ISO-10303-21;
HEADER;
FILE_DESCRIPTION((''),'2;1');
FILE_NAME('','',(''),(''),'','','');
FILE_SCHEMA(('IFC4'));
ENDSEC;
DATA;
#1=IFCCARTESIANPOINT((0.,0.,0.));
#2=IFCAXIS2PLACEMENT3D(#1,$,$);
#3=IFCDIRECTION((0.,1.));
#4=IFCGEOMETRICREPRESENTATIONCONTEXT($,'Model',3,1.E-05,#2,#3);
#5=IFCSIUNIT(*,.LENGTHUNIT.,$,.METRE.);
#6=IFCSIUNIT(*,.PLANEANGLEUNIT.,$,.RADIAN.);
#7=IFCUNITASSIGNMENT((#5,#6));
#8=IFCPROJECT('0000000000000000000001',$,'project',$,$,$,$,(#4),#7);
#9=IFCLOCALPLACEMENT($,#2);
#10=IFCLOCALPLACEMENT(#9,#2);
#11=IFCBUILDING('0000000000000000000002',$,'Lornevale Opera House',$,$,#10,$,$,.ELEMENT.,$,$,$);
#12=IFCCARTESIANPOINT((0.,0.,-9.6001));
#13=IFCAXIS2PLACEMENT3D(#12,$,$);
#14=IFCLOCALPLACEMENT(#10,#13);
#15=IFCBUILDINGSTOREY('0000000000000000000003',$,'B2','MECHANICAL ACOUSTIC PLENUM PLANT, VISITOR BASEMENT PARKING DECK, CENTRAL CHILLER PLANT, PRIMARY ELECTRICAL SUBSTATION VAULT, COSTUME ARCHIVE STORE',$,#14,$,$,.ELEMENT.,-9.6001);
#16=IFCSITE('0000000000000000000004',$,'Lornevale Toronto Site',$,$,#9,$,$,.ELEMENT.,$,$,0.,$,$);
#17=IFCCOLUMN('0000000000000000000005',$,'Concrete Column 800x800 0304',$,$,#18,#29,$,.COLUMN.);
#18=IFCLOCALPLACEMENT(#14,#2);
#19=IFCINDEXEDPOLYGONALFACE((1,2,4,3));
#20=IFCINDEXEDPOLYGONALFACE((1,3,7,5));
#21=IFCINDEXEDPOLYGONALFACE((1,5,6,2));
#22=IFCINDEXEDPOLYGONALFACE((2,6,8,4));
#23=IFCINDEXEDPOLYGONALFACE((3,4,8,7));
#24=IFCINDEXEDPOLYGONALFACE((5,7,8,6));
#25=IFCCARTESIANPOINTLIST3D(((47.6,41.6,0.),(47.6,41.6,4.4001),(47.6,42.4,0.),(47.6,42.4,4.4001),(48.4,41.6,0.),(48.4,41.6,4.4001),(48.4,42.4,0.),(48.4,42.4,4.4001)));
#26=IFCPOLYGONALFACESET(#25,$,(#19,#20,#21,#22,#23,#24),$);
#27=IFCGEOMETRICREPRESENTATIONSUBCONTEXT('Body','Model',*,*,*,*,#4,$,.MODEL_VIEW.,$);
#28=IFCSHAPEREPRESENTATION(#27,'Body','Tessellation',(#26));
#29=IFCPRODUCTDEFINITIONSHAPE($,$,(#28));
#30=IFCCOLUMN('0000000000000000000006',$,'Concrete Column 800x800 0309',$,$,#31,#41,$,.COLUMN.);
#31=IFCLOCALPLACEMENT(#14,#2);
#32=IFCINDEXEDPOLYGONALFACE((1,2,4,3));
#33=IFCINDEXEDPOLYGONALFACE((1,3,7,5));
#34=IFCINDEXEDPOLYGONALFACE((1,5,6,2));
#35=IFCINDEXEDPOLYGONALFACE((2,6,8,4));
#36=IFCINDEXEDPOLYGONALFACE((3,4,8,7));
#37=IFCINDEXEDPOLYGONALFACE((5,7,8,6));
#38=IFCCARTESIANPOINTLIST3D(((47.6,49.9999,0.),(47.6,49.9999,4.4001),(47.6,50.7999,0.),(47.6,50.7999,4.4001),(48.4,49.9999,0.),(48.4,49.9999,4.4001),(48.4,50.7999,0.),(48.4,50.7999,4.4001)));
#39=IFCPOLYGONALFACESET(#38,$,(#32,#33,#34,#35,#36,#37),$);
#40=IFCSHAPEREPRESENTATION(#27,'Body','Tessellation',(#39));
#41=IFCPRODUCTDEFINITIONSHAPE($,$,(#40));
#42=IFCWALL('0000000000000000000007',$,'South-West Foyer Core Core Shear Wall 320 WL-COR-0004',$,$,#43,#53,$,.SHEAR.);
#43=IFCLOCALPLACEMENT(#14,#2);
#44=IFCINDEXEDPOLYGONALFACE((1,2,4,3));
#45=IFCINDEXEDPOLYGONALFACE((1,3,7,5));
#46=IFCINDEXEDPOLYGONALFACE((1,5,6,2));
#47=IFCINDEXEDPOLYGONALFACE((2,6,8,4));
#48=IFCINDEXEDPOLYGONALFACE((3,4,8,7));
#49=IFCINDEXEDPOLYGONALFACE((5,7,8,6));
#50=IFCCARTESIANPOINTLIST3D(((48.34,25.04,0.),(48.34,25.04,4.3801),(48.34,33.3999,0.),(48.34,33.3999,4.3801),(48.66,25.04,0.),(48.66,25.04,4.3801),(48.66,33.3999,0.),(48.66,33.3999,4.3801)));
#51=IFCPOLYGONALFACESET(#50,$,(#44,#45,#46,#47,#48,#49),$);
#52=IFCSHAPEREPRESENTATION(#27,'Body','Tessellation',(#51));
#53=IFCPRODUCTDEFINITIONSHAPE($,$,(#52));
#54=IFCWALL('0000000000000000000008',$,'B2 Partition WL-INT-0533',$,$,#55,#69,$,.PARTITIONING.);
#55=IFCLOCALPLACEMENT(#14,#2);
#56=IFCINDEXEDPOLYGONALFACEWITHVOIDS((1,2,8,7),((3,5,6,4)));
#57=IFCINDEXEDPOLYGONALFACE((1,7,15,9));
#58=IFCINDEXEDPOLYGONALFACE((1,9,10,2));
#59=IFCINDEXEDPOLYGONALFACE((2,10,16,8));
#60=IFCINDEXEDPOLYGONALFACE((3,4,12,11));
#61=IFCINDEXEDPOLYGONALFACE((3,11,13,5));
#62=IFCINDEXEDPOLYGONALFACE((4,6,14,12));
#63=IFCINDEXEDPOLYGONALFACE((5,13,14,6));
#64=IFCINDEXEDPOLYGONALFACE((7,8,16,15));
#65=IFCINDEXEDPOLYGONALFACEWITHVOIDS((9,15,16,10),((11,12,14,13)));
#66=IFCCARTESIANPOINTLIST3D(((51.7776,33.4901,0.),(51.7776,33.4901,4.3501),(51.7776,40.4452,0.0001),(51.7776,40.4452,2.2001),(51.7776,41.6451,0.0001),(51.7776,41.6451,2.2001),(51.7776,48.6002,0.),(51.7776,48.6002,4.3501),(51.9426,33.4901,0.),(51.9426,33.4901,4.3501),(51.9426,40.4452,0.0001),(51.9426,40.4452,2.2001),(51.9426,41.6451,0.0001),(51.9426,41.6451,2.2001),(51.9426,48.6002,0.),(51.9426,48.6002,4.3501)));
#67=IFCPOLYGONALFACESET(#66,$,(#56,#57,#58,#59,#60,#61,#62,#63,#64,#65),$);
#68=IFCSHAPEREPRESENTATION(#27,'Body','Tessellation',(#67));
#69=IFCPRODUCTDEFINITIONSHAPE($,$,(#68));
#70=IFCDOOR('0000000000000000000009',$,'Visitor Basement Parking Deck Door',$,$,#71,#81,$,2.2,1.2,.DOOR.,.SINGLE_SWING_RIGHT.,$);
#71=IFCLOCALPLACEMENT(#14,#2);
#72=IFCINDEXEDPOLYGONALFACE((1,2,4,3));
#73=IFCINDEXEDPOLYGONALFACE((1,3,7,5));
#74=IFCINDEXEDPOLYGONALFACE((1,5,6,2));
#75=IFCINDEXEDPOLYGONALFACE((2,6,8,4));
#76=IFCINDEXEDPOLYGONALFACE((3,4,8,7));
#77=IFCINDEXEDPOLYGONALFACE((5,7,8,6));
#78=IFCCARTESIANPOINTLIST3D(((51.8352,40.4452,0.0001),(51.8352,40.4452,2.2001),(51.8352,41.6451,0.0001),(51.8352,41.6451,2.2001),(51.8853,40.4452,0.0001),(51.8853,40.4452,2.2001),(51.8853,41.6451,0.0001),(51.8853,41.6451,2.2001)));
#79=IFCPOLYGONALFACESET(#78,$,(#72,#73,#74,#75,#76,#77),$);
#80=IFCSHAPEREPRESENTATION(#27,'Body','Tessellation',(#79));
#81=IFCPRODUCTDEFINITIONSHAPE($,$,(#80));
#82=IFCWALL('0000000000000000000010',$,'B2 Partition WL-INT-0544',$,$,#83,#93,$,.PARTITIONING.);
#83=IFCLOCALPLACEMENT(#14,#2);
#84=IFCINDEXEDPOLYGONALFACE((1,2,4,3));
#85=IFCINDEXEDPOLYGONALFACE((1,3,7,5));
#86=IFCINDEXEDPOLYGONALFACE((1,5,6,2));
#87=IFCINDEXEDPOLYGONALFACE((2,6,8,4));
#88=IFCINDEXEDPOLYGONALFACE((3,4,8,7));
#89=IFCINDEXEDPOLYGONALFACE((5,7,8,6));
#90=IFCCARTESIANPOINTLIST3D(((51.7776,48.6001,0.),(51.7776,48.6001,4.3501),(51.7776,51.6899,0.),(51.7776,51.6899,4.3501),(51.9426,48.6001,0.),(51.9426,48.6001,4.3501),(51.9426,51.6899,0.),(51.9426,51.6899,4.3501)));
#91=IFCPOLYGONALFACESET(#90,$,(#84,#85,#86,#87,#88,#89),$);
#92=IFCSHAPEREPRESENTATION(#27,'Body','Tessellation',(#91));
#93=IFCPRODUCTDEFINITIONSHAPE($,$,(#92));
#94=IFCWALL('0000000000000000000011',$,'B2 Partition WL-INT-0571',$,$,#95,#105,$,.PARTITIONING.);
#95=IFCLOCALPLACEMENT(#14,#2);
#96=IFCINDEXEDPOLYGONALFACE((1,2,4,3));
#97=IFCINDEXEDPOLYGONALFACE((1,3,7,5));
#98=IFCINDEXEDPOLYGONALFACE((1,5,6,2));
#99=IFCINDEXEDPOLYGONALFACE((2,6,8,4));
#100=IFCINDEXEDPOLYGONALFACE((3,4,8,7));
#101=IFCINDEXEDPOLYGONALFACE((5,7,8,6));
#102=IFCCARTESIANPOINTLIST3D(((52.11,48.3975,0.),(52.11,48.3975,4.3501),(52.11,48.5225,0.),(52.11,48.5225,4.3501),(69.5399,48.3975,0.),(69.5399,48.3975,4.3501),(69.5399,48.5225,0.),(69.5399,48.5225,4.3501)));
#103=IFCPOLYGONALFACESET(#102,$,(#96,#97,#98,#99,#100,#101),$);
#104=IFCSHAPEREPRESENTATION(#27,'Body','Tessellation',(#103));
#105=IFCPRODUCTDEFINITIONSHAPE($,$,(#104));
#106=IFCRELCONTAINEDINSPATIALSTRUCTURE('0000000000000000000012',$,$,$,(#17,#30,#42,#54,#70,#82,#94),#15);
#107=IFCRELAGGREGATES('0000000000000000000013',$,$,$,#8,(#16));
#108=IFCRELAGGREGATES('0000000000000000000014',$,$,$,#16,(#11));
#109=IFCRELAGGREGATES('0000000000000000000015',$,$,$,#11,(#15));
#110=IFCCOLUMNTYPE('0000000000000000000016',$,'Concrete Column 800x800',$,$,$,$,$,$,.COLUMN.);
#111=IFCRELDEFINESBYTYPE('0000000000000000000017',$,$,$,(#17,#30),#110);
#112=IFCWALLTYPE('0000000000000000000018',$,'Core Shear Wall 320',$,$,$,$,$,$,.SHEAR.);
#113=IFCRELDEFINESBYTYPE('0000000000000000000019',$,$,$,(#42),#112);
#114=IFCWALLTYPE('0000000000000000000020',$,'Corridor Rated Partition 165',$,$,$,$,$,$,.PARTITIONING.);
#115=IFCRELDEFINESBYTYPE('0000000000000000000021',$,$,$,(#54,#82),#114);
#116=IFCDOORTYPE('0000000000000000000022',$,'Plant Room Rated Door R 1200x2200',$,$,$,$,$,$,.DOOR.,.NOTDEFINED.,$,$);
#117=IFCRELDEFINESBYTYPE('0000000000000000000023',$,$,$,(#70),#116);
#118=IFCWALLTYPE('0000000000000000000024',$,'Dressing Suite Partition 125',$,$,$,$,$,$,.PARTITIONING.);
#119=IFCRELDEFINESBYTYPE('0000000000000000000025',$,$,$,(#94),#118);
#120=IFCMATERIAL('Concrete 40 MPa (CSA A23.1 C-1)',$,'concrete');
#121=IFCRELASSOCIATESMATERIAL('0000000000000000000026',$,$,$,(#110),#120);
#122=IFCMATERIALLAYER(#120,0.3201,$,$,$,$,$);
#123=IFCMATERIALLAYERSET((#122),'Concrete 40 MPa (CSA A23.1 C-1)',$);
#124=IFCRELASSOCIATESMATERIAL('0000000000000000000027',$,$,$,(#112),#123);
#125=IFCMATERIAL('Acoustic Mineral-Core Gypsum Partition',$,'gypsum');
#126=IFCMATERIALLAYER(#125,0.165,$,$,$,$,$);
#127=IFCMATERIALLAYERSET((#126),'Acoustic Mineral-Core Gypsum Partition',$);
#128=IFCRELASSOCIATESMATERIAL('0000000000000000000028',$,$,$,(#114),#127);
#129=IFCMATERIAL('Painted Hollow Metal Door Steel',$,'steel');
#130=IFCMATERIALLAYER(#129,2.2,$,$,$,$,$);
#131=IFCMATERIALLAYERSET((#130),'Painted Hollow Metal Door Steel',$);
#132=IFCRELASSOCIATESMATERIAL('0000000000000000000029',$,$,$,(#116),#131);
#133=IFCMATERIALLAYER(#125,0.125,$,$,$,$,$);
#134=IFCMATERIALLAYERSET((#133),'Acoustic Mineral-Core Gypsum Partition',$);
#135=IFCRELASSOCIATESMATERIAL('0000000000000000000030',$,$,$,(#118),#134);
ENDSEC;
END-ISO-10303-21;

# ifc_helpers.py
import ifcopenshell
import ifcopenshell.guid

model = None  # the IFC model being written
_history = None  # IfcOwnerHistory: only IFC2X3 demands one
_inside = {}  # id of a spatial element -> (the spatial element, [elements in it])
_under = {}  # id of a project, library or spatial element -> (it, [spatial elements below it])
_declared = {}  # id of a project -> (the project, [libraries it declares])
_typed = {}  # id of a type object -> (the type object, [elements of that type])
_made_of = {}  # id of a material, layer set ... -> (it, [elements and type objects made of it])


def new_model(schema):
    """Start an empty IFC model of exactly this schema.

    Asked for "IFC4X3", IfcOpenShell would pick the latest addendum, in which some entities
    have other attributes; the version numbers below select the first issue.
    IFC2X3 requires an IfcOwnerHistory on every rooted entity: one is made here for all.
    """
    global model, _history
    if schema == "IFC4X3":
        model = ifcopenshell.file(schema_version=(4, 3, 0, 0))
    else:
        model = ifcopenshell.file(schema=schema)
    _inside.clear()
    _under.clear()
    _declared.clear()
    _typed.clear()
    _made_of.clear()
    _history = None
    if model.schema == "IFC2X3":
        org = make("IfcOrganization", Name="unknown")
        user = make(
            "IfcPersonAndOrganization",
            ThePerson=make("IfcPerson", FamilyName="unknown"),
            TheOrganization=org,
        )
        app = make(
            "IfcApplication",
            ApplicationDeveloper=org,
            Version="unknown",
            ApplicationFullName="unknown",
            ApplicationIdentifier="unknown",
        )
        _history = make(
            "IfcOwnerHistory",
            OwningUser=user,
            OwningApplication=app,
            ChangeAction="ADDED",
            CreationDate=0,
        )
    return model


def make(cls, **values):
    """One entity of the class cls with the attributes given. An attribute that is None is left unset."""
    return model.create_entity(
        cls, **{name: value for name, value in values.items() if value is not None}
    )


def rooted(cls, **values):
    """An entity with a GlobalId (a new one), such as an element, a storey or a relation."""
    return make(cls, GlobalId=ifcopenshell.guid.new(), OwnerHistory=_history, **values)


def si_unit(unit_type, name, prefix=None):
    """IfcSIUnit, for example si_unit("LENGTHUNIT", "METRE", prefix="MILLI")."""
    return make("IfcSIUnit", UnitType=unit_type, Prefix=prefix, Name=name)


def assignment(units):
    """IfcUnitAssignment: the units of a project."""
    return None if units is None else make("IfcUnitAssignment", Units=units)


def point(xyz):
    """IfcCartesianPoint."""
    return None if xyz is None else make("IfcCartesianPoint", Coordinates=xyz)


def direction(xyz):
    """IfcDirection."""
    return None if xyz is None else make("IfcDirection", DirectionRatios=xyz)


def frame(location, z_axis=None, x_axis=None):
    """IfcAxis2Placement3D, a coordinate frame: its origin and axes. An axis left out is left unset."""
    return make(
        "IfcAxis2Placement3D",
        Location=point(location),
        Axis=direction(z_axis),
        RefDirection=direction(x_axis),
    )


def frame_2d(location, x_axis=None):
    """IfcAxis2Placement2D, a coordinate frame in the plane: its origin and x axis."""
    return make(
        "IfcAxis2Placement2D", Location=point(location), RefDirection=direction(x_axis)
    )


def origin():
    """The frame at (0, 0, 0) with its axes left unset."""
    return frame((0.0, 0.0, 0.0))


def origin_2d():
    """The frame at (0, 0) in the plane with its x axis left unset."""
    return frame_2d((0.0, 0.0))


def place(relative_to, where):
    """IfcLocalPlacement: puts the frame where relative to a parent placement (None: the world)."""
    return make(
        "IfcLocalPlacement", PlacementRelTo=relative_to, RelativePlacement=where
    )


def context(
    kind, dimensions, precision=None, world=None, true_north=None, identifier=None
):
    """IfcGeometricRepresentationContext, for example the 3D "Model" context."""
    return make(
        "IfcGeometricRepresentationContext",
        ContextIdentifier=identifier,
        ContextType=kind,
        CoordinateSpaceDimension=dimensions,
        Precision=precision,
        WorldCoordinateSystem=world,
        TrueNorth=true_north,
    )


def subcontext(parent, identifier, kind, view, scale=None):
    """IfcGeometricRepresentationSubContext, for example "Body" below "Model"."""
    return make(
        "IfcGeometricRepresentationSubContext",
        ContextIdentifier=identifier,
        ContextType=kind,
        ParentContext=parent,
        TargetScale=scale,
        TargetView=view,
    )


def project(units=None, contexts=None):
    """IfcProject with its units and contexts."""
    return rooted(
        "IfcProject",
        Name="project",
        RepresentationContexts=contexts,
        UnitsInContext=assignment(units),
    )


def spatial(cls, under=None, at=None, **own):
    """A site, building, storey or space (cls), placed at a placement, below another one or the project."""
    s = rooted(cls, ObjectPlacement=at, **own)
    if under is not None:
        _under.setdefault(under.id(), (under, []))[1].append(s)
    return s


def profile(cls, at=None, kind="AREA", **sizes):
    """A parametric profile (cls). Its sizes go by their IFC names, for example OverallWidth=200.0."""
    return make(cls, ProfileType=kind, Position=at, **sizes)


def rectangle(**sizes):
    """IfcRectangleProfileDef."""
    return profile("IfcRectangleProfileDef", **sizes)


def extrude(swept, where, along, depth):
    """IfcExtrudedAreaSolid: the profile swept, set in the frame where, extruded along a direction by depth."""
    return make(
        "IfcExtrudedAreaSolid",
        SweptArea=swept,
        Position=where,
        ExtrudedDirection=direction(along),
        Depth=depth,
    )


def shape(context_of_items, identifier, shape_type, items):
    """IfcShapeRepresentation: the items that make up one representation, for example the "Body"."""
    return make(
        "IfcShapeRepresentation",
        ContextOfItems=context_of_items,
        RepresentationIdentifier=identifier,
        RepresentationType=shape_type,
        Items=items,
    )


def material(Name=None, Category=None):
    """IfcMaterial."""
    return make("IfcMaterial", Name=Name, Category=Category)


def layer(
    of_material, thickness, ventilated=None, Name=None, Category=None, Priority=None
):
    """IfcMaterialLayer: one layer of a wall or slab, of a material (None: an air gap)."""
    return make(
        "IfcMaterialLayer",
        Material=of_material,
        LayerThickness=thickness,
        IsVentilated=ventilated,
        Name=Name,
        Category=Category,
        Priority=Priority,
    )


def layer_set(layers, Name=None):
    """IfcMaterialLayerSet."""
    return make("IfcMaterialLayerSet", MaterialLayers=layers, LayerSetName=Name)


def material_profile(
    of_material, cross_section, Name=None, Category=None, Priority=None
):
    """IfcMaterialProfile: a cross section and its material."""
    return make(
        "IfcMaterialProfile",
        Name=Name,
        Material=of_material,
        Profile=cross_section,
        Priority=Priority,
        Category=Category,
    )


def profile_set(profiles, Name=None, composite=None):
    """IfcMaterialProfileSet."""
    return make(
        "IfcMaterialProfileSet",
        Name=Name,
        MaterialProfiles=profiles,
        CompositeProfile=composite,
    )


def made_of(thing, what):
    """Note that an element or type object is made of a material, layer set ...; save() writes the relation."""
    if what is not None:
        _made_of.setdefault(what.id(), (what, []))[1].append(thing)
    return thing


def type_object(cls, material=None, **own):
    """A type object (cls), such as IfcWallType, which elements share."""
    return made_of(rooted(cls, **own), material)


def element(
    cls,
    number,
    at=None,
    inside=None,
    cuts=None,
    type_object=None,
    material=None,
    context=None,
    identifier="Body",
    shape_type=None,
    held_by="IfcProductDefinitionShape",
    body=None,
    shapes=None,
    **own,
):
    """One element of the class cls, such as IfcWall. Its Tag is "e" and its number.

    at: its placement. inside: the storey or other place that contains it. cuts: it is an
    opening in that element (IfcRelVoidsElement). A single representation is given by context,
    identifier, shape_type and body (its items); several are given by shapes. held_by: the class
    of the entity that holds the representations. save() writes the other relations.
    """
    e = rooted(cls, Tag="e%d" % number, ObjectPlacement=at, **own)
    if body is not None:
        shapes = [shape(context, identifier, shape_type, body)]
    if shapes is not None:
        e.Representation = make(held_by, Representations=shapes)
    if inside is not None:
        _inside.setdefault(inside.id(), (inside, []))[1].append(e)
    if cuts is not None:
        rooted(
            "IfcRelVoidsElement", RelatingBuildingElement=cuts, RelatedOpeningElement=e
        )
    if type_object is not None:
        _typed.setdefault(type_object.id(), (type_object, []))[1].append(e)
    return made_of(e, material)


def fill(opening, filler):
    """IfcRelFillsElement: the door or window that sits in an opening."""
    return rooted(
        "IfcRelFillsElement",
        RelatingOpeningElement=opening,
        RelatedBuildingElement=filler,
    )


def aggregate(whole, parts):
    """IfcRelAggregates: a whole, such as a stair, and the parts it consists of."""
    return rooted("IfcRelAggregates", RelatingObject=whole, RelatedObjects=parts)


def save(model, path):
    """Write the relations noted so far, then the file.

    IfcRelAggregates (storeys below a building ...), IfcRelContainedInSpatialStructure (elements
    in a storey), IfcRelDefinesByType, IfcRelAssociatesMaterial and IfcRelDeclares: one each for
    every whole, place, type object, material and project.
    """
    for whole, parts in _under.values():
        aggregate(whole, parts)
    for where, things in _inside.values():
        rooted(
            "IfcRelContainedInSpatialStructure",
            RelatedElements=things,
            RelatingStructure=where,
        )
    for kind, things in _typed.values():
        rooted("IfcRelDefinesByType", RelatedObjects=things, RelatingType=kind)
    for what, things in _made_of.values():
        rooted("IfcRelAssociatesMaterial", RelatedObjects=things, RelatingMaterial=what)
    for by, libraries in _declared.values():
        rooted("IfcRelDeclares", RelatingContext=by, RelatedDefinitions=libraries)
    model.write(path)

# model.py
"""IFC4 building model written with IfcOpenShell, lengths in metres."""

from ifc_helpers import new_model, si_unit, direction, frame, frame_2d, origin, origin_2d, place, context, subcontext, project, spatial, rectangle, extrude, material, layer, layer_set, material_profile, profile_set, type_object, element, fill, save


model = new_model("IFC4")

# Units and contexts
model_context = context("Model", 3, precision=1e-05, world=origin(), true_north=direction((0.0, 1.0)))
body_context = subcontext(model_context, "Body", "Model", "MODEL_VIEW")
ifc_project = project(units=[si_unit("LENGTHUNIT", "METRE"), si_unit("PLANEANGLEUNIT", "RADIAN")], contexts=[model_context])

# Site, building, storey
site_placement = place(None, origin())
site = spatial("IfcSite", under=ifc_project, at=site_placement, Name="Lornevale Toronto Site", CompositionType="ELEMENT", RefElevation=0.0)
building_placement = place(site_placement, origin())
building = spatial("IfcBuilding", under=site, at=building_placement, Name="Lornevale Opera House", CompositionType="ELEMENT")
storey_placement = place(building_placement, frame((0.0, 0.0, -9.6001)))
storey = spatial("IfcBuildingStorey", under=building, at=storey_placement, Name="B2", Description="MECHANICAL ACOUSTIC PLENUM PLANT, VISITOR BASEMENT PARKING DECK, CENTRAL CHILLER PLANT, PRIMARY ELECTRICAL SUBSTATION VAULT, COSTUME ARCHIVE STORE", CompositionType="ELEMENT", Elevation=-9.6001)

# Shared definitions
ifc_material_1 = material(Name="Concrete 40 MPa (CSA A23.1 C-1)", Category="concrete")

# Columns
ifc_material_profile_1 = material_profile(ifc_material_1, rectangle(XDim=0.8, YDim=0.8, at=origin_2d()), Name="RC800x800")
ifc_profile_set_1 = profile_set([ifc_material_profile_1], Name="Concrete 40 MPa (CSA A23.1 C-1)")
column_type = type_object("IfcColumnType", Name="Concrete Column 800x800", PredefinedType="COLUMN", material=ifc_profile_set_1)
for number, where, z_axis, x_axis, name in (
    (1, (48.0, 42.0, 0.0), (0.0, 0.0, 1.0), (1.0, 0.0, 0.0), "Concrete Column 800x800 0304"),
    (2, (48.0, 50.3999, 0.0), (0.0, 0.0, 1.0), (1.0, 0.0, 0.0), "Concrete Column 800x800 0309"),
):
    element("IfcColumn", number, at=place(storey_placement, frame(where, z_axis=z_axis, x_axis=x_axis)), inside=storey, type_object=column_type, Name=name, PredefinedType="COLUMN", context=body_context, shape_type="SweptSolid", body=[
        extrude(rectangle(XDim=0.8, YDim=0.8, at=origin_2d()), origin(), (0.0, 0.0, 1.0), 4.4001),
    ])

# Wall
ifc_layer_1 = layer(ifc_material_1, 0.3201)
ifc_layer_set_1 = layer_set([ifc_layer_1], Name="Concrete 40 MPa (CSA A23.1 C-1)")
wall_type_1 = type_object("IfcWallType", Name="Core Shear Wall 320", PredefinedType="SHEAR", material=ifc_layer_set_1)
wall_1_placement = place(storey_placement, frame((48.5, 33.3999, 0.0), z_axis=(0.0, 0.0, 1.0), x_axis=(0.0, -1.0, 0.0)))
element("IfcWall", 3, at=wall_1_placement, inside=storey, type_object=wall_type_1, Name="South-West Foyer Core Core Shear Wall 320 WL-COR-0004", PredefinedType="SHEAR", context=body_context, shape_type="SweptSolid", body=[
    extrude(rectangle(XDim=8.3599, YDim=0.3201, at=frame_2d((4.1799, 0.0))), origin(), (0.0, 0.0, 1.0), 4.3801),
])

# Wall, opening, door
ifc_material_2 = material(Name="Acoustic Mineral-Core Gypsum Partition", Category="gypsum")
ifc_layer_2 = layer(ifc_material_2, 0.165)
ifc_layer_set_2 = layer_set([ifc_layer_2], Name="Acoustic Mineral-Core Gypsum Partition")
wall_type_2 = type_object("IfcWallType", Name="Corridor Rated Partition 165", PredefinedType="PARTITIONING", material=ifc_layer_set_2)
wall_2_placement = place(storey_placement, frame((51.8601, 33.49, 0.0), z_axis=(0.0, 0.0, 1.0), x_axis=(0.0, 1.0, 0.0)))
wall_2 = element("IfcWall", 4, at=wall_2_placement, inside=storey, type_object=wall_type_2, Name="B2 Partition WL-INT-0533", PredefinedType="PARTITIONING", context=body_context, shape_type="SweptSolid", body=[
    extrude(rectangle(XDim=15.1101, YDim=0.165, at=frame_2d((7.5552, 0.0))), origin(), (0.0, 0.0, 1.0), 4.3501),
])
opening_placement = place(wall_2_placement, frame((6.9551, 0.0, 0.0)))
opening = element("IfcOpeningElement", 5, at=opening_placement, cuts=wall_2, PredefinedType="OPENING", context=body_context, shape_type="SweptSolid", body=[
    extrude(rectangle(XDim=1.2, YDim=2.2, at=frame_2d((0.6001, 1.1001))), frame((0.0, 0.0925, 0.0), z_axis=(0.0, -1.0, 0.0), x_axis=(1.0, 0.0, 0.0)), (0.0, 0.0, 1.0), 0.1851),
])
ifc_material_3 = material(Name="Painted Hollow Metal Door Steel", Category="steel")
ifc_layer_3 = layer(ifc_material_3, 2.2)
ifc_layer_set_3 = layer_set([ifc_layer_3], Name="Painted Hollow Metal Door Steel")
door_type = type_object("IfcDoorType", Name="Plant Room Rated Door R 1200x2200", OperationType="NOTDEFINED", PredefinedType="DOOR", material=ifc_layer_set_3)
door_placement = place(opening_placement, origin())
door = element("IfcDoor", 6, at=door_placement, inside=storey, type_object=door_type, Name="Visitor Basement Parking Deck Door", OperationType="SINGLE_SWING_RIGHT", OverallHeight=2.2, OverallWidth=1.2, PredefinedType="DOOR", context=body_context, shape_type="SweptSolid", body=[
    extrude(rectangle(XDim=1.2, YDim=2.2, at=frame_2d((0.6001, 1.1001))), frame((0.0, 0.0249, 0.0), z_axis=(0.0, -1.0, 0.0), x_axis=(1.0, 0.0, 0.0)), (0.0, 0.0, 1.0), 0.05),
])
fill(opening, door)

# Walls
wall_3_placement = place(storey_placement, frame((51.8601, 48.6001, 0.0), z_axis=(0.0, 0.0, 1.0), x_axis=(0.0, 1.0, 0.0)))
element("IfcWall", 7, at=wall_3_placement, inside=storey, type_object=wall_type_2, Name="B2 Partition WL-INT-0544", PredefinedType="PARTITIONING", context=body_context, shape_type="SweptSolid", body=[
    extrude(rectangle(XDim=3.0898, YDim=0.165, at=frame_2d((1.5449, 0.0))), origin(), (0.0, 0.0, 1.0), 4.3501),
])
ifc_layer_4 = layer(ifc_material_2, 0.125)
ifc_layer_set_4 = layer_set([ifc_layer_4], Name="Acoustic Mineral-Core Gypsum Partition")
wall_type_3 = type_object("IfcWallType", Name="Dressing Suite Partition 125", PredefinedType="PARTITIONING", material=ifc_layer_set_4)
wall_4_placement = place(storey_placement, frame((52.1101, 48.46, 0.0), z_axis=(0.0, 0.0, 1.0), x_axis=(1.0, 0.0, 0.0)))
element("IfcWall", 8, at=wall_4_placement, inside=storey, type_object=wall_type_3, Name="B2 Partition WL-INT-0571", PredefinedType="PARTITIONING", context=body_context, shape_type="SweptSolid", body=[
    extrude(rectangle(XDim=17.4299, YDim=0.125, at=frame_2d((8.7148, 0.0))), origin(), (0.0, 0.0, 1.0), 4.3501),
])

save(model, "model.ifc")
